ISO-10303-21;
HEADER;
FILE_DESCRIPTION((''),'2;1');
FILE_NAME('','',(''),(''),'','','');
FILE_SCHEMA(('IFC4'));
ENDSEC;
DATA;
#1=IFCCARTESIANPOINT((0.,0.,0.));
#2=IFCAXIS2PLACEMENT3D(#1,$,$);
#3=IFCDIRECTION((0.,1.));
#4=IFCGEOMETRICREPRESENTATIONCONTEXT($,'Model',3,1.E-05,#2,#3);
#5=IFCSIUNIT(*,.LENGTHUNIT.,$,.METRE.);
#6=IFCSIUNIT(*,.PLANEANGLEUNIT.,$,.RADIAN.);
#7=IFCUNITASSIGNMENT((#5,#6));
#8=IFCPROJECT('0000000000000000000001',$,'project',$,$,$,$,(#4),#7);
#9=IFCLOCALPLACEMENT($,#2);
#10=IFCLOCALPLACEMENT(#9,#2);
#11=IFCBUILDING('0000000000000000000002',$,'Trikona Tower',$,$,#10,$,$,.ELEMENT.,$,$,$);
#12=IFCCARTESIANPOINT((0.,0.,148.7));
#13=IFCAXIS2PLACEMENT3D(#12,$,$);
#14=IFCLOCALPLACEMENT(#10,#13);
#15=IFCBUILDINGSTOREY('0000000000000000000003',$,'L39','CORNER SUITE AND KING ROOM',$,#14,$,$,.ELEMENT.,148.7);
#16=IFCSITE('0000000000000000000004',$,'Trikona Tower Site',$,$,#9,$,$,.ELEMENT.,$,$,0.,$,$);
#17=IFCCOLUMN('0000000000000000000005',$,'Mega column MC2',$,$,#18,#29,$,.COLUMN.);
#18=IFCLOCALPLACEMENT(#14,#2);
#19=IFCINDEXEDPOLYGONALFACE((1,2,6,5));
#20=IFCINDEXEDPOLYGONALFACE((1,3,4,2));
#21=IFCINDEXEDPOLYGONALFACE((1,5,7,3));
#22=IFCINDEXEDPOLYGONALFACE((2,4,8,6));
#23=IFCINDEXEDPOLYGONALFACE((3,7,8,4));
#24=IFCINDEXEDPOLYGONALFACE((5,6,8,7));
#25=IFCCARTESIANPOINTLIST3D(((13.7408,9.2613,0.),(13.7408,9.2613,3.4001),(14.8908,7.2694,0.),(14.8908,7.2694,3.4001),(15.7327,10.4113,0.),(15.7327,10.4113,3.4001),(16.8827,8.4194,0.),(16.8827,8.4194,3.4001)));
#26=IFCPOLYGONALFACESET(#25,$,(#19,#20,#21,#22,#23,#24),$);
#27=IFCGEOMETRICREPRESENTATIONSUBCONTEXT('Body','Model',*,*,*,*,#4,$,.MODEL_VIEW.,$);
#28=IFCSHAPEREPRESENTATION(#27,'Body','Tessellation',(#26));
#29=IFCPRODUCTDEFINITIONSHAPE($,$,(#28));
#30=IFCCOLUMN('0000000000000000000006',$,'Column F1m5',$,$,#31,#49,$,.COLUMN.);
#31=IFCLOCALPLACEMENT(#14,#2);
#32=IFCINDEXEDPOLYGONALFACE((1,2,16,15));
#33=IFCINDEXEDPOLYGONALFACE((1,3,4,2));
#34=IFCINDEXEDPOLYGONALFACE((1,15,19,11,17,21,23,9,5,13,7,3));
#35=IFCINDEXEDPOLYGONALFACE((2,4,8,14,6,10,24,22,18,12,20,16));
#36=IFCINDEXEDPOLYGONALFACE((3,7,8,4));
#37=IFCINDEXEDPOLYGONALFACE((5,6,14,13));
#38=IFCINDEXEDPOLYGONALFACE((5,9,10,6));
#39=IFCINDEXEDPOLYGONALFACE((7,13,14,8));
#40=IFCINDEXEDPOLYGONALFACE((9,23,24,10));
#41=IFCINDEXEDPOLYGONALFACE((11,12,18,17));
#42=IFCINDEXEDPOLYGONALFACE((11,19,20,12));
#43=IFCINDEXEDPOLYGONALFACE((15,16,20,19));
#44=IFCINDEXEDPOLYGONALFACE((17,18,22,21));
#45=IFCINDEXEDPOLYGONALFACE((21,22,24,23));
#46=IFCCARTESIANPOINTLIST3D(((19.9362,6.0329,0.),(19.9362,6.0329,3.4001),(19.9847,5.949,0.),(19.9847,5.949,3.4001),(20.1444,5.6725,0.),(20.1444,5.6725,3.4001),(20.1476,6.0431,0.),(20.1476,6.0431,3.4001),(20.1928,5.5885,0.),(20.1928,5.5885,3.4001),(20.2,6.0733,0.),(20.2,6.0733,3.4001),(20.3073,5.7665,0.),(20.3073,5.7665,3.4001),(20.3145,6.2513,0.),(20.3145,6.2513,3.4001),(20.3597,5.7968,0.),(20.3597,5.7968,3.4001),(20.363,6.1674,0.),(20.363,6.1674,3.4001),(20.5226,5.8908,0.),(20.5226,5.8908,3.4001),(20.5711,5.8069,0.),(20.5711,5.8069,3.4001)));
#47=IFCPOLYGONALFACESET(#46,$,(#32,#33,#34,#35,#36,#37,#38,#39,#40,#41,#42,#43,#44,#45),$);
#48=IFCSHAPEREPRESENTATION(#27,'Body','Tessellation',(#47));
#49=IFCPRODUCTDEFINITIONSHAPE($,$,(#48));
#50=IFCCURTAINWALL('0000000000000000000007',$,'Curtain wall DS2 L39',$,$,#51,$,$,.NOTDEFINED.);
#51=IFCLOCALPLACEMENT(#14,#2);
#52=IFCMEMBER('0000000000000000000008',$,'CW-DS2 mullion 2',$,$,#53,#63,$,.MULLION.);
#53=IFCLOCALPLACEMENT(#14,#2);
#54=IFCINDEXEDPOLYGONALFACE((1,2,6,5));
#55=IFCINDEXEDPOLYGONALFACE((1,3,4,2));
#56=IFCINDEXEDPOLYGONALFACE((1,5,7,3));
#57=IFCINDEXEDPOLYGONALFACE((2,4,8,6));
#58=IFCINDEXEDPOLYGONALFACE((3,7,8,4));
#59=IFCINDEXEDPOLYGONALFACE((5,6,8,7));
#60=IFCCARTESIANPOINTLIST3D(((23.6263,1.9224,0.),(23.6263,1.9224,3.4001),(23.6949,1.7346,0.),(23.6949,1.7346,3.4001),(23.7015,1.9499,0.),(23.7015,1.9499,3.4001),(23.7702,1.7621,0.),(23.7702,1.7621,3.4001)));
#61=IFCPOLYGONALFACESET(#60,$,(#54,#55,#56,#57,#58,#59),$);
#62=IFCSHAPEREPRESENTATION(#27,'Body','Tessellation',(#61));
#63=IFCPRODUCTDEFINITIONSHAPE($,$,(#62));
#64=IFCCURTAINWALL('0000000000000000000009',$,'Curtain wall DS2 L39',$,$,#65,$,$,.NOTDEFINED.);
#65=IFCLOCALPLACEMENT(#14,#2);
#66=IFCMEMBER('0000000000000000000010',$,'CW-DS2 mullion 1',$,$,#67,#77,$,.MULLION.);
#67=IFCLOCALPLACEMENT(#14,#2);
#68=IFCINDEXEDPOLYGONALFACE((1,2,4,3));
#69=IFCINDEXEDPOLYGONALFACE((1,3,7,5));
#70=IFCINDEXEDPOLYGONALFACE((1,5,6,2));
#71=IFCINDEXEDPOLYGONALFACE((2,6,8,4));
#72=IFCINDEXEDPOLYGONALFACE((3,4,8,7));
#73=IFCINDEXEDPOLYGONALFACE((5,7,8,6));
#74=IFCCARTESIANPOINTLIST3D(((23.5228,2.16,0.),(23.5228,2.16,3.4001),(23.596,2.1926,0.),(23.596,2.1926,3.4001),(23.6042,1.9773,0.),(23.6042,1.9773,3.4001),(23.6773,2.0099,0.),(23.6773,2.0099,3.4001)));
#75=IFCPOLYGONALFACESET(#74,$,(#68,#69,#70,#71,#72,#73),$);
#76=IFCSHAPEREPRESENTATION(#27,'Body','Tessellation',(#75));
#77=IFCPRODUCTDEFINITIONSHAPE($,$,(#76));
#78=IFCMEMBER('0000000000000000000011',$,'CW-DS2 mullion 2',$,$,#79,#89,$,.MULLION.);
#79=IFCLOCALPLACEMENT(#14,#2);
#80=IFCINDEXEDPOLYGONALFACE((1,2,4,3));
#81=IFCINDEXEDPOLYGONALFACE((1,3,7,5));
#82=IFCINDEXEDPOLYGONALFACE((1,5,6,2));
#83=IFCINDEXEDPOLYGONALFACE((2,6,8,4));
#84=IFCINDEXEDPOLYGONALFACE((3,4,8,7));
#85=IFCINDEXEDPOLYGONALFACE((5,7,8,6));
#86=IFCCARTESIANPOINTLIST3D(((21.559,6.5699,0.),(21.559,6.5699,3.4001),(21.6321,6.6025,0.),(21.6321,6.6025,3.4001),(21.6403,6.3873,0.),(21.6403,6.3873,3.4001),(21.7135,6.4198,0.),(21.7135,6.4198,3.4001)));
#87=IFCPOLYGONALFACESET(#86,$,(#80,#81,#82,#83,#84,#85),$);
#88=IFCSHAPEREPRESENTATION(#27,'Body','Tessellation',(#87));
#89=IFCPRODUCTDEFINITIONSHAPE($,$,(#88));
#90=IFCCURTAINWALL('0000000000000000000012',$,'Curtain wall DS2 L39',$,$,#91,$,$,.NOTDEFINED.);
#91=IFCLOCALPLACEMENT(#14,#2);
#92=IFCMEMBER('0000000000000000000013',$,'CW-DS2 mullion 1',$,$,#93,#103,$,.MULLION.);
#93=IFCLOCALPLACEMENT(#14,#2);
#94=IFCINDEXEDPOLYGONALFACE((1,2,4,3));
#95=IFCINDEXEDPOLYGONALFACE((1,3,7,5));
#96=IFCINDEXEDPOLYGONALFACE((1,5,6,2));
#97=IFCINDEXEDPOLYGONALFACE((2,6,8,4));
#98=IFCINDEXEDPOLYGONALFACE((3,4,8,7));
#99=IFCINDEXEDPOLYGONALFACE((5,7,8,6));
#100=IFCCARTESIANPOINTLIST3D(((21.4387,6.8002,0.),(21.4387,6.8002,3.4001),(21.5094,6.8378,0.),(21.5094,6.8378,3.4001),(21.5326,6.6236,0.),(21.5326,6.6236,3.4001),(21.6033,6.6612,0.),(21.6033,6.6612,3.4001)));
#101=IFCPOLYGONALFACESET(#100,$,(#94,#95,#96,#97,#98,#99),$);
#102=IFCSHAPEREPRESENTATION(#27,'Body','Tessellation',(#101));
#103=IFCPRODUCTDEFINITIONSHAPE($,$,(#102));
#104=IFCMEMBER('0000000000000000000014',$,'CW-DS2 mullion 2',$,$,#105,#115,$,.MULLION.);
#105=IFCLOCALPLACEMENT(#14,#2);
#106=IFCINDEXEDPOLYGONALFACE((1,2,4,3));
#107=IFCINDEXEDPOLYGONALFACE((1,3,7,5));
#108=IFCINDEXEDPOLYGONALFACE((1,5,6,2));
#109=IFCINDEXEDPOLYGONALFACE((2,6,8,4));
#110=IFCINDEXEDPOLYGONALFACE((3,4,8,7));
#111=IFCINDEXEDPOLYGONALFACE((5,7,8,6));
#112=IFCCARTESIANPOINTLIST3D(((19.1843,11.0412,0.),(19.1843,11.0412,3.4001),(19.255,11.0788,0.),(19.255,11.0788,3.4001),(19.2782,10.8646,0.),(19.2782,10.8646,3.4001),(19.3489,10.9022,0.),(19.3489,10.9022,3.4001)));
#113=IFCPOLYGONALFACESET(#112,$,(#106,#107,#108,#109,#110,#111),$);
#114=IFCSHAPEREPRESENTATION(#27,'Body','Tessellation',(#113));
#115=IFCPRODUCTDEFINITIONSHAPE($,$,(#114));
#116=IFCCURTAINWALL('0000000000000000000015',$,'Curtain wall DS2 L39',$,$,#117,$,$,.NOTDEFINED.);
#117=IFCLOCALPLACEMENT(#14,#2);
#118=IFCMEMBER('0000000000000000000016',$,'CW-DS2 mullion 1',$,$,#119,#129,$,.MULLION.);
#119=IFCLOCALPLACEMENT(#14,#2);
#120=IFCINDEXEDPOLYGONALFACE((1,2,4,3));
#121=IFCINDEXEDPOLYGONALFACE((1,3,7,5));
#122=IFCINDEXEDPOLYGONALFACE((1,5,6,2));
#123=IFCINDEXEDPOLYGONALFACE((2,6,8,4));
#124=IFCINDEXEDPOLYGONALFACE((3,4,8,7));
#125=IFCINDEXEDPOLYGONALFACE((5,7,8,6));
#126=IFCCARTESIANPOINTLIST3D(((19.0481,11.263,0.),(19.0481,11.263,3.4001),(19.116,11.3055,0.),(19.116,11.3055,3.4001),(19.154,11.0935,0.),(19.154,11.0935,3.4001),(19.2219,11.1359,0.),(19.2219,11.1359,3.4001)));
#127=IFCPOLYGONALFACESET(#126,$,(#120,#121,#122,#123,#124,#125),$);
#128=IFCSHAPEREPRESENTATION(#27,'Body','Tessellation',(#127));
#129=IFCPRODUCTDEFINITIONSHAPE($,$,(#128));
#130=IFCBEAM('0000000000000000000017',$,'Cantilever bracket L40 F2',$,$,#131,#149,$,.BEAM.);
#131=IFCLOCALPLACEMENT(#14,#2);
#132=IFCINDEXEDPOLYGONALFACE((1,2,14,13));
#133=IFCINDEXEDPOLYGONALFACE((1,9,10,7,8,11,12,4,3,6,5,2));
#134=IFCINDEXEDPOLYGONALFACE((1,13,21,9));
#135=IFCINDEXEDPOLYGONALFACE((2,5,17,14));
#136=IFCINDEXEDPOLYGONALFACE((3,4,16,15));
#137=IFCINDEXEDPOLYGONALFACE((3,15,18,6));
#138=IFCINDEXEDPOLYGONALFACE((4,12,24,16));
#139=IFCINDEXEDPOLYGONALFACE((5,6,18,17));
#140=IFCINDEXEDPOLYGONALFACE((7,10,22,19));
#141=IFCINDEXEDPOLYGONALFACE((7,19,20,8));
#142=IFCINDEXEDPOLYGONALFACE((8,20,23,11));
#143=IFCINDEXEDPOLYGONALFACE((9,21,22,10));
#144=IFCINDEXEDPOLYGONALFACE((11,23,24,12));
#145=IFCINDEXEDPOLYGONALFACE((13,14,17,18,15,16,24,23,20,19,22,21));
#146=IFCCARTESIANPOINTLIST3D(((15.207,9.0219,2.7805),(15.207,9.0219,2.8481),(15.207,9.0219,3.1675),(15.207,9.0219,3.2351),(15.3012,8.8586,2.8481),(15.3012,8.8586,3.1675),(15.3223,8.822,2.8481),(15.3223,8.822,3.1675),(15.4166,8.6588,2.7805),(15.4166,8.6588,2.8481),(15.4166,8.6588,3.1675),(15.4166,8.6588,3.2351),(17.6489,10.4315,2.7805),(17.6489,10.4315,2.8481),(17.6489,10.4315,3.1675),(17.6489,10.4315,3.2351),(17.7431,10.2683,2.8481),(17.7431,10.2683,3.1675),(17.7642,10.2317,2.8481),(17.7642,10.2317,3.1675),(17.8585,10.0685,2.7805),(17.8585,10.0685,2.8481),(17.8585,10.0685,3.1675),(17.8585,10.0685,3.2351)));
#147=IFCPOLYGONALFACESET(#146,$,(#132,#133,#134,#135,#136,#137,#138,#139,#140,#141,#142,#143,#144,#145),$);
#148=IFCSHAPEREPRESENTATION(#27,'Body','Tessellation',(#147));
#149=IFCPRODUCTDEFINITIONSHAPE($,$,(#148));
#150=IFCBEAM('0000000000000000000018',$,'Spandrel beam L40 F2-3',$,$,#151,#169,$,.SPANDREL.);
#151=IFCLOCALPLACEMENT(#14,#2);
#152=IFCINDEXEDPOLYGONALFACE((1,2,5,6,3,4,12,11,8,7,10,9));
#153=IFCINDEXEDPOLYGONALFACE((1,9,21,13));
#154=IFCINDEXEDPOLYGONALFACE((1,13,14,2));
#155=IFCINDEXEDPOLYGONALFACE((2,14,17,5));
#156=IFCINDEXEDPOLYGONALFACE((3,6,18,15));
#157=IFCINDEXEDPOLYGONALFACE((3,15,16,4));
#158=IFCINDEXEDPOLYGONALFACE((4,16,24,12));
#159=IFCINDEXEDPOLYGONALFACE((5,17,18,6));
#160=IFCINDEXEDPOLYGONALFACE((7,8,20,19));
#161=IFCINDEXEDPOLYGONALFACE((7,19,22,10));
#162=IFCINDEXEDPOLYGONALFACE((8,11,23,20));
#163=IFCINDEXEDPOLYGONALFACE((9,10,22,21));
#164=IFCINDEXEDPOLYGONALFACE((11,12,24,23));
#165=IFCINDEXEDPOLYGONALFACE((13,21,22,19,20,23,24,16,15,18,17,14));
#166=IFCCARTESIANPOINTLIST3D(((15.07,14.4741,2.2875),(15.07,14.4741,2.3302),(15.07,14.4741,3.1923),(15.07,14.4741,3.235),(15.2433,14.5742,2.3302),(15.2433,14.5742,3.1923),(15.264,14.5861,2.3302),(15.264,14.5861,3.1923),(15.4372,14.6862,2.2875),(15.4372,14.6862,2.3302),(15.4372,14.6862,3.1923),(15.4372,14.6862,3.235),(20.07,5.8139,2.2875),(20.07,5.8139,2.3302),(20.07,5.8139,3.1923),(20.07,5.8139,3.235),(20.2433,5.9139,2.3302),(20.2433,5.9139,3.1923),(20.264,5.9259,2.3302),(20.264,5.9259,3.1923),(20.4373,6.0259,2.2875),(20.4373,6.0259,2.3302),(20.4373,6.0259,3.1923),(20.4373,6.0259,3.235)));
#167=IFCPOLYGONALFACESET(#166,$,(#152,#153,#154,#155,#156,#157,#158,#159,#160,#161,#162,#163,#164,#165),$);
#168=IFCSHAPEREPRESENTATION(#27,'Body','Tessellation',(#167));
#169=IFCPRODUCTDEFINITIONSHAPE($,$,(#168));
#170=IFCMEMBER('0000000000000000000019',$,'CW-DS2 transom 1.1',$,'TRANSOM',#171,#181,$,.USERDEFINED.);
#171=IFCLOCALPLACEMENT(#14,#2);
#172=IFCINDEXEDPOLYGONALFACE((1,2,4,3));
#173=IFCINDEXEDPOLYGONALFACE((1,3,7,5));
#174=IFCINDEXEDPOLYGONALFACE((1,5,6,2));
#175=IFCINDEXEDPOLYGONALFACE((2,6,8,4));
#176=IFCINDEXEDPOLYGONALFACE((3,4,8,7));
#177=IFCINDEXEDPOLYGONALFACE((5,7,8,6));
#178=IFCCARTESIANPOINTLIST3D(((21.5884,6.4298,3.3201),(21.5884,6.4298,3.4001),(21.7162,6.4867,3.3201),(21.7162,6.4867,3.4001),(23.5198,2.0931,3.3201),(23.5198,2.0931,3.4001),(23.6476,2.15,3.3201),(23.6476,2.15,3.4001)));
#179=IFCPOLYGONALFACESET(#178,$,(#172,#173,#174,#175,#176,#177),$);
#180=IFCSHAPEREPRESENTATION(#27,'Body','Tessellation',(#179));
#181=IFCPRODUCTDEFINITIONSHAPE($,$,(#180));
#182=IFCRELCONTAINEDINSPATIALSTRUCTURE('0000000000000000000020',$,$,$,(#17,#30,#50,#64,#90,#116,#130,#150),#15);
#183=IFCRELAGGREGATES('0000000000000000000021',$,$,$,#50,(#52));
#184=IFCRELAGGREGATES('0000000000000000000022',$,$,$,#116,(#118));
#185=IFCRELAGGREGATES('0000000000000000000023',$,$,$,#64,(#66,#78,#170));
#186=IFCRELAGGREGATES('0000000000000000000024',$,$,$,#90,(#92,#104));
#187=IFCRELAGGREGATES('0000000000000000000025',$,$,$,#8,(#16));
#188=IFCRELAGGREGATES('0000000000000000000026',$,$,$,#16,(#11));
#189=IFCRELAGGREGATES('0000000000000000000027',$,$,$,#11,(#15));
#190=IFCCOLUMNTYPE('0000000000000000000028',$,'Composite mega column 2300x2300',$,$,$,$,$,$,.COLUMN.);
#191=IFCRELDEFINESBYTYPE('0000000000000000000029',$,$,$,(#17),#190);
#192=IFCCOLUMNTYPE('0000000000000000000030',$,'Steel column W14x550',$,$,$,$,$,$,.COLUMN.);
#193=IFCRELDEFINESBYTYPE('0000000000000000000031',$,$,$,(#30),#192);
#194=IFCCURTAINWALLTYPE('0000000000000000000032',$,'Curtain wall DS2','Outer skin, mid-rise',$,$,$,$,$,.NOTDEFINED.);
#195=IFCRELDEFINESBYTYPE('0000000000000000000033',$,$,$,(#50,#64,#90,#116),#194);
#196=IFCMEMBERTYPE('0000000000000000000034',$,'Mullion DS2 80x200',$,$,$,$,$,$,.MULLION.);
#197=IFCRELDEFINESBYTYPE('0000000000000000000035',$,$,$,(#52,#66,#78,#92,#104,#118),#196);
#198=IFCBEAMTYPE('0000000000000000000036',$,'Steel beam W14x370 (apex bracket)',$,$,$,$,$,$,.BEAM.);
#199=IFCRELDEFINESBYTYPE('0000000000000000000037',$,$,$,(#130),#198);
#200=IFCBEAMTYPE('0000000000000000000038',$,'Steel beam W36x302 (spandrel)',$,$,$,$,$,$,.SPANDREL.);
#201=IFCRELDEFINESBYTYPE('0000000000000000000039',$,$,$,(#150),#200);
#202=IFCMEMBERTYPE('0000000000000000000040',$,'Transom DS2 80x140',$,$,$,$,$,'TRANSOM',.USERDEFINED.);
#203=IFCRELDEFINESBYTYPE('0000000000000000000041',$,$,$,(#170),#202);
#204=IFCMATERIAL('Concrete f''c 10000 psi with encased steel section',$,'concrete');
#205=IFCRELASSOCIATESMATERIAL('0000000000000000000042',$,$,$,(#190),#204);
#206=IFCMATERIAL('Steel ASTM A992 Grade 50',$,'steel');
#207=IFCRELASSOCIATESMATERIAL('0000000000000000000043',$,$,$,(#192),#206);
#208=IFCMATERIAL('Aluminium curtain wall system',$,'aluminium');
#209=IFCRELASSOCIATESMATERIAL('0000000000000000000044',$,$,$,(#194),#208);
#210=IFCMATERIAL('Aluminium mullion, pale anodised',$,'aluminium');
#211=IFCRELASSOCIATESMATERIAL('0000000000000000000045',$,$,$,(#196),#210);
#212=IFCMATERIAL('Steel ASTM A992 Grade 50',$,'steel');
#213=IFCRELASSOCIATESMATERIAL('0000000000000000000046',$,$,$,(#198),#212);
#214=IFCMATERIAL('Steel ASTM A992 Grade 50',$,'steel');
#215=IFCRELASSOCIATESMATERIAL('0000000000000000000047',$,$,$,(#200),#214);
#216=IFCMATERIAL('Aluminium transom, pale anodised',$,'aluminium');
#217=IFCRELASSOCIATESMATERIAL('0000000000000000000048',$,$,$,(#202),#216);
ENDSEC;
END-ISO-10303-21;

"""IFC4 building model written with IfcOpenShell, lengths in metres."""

from ifc_helpers import new_model, si_unit, direction, frame, origin, origin_2d, place, context, subcontext, project, spatial, rectangle, i_section, extrude, material, material_profile, profile_set, type_object, element, aggregate, save


model = new_model("IFC4")

# Units and contexts
model_context = context("Model", 3, precision=1e-05, world=origin(), true_north=direction((0.0, 1.0)))
body_context = subcontext(model_context, "Body", "Model", "MODEL_VIEW")
ifc_project = project(units=[si_unit("LENGTHUNIT", "METRE"), si_unit("PLANEANGLEUNIT", "RADIAN")], contexts=[model_context])

# Site, building, storey
site_placement = place(None, origin())
site = spatial("IfcSite", under=ifc_project, at=site_placement, Name="Trikona Tower Site", CompositionType="ELEMENT", RefElevation=0.0)
building_placement = place(site_placement, origin())
building = spatial("IfcBuilding", under=site, at=building_placement, Name="Trikona Tower", CompositionType="ELEMENT")
storey_placement = place(building_placement, frame((0.0, 0.0, 148.7)))
storey = spatial("IfcBuildingStorey", under=building, at=storey_placement, Name="L39", Description="CORNER SUITE AND KING ROOM", CompositionType="ELEMENT", Elevation=148.7)

# Columns
ifc_material_1 = material(Name="Concrete f'c 10000 psi with encased steel section", Category="concrete")
ifc_material_profile_1 = material_profile(ifc_material_1, rectangle(XDim=2.3, YDim=2.3, at=origin_2d()), Name="MC2300")
ifc_profile_set_1 = profile_set([ifc_material_profile_1], Name="Concrete f'c 10000 psi with encased steel section")
column_type_1 = type_object("IfcColumnType", Name="Composite mega column 2300x2300", PredefinedType="COLUMN", material=ifc_profile_set_1)
column_1_placement = place(storey_placement, frame((15.3118, 8.8403, 0.0), z_axis=(0.0, 0.0, 1.0), x_axis=(0.866025, 0.5, 0.0)))
element("IfcColumn", 1, at=column_1_placement, inside=storey, type_object=column_type_1, Name="Mega column MC2", PredefinedType="COLUMN", context=body_context, shape_type="SweptSolid", body=[
    extrude(rectangle(XDim=2.3, YDim=2.3, at=origin_2d()), origin(), (0.0, 0.0, 1.0), 3.4001),
])
ifc_material_2 = material(Name="Steel ASTM A992 Grade 50", Category="steel")
ifc_material_profile_2 = material_profile(ifc_material_2, i_section(OverallWidth=0.4368, OverallDepth=0.5132, WebThickness=0.0605, FlangeThickness=0.0969, at=origin_2d()), Name="W14X550")
ifc_profile_set_2 = profile_set([ifc_material_profile_2], Name="Steel ASTM A992 Grade 50")
column_type_2 = type_object("IfcColumnType", Name="Steel column W14x550", PredefinedType="COLUMN", material=ifc_profile_set_2)
column_2_placement = place(storey_placement, frame((20.2537, 5.9199, 0.0), z_axis=(0.0, 0.0, 1.0), x_axis=(0.866025, 0.5, 0.0)))
element("IfcColumn", 2, at=column_2_placement, inside=storey, type_object=column_type_2, Name="Column F1m5", PredefinedType="COLUMN", context=body_context, shape_type="SweptSolid", body=[
    extrude(i_section(OverallWidth=0.4368, OverallDepth=0.5132, WebThickness=0.0605, FlangeThickness=0.0969, at=origin_2d()), origin(), (0.0, 0.0, 1.0), 3.4001),
])

# Curtain wall, member
ifc_material_3 = material(Name="Aluminium curtain wall system", Category="aluminium")
curtain_wall_type = type_object("IfcCurtainWallType", Name="Curtain wall DS2", Description="Outer skin, mid-rise", PredefinedType="NOTDEFINED", material=ifc_material_3)
curtain_wall_1_placement = place(storey_placement, origin())
curtain_wall_1 = element("IfcCurtainWall", 3, at=curtain_wall_1_placement, inside=storey, type_object=curtain_wall_type, Name="Curtain wall DS2 L39", PredefinedType="NOTDEFINED")
ifc_material_4 = material(Name="Aluminium mullion, pale anodised", Category="aluminium")
ifc_material_profile_3 = material_profile(ifc_material_4, rectangle(XDim=0.0801, YDim=0.2, at=origin_2d()), Name="MUL-DS2")
ifc_profile_set_3 = profile_set([ifc_material_profile_3], Name="Aluminium mullion, pale anodised")
member_type_1 = type_object("IfcMemberType", Name="Mullion DS2 80x200", PredefinedType="MULLION", material=ifc_profile_set_3)
member_1_placement = place(storey_placement, frame((23.6982, 1.8423, 0.0), z_axis=(0.0, 0.0, 1.0), x_axis=(-0.939254, -0.343223, 0.0)))
member_1 = element("IfcMember", 4, at=member_1_placement, type_object=member_type_1, Name="CW-DS2 mullion 2", PredefinedType="MULLION", context=body_context, shape_type="SweptSolid", body=[
    extrude(rectangle(XDim=0.0801, YDim=0.2, at=origin_2d()), origin(), (0.0, 0.0, 1.0), 3.4001),
])
aggregate(curtain_wall_1, [member_1])

# Curtain walls, members
curtain_wall_2_placement = place(storey_placement, origin())
curtain_wall_2 = element("IfcCurtainWall", 5, at=curtain_wall_2_placement, inside=storey, type_object=curtain_wall_type, Name="Curtain wall DS2 L39", PredefinedType="NOTDEFINED")
member_2_placement = place(storey_placement, frame((23.6001, 2.085, 0.0), z_axis=(0.0, 0.0, 1.0), x_axis=(-0.913501, -0.406836, 0.0)))
member_2 = element("IfcMember", 6, at=member_2_placement, type_object=member_type_1, Name="CW-DS2 mullion 1", PredefinedType="MULLION", context=body_context, shape_type="SweptSolid", body=[
    extrude(rectangle(XDim=0.0801, YDim=0.2, at=origin_2d()), origin(), (0.0, 0.0, 1.0), 3.4001),
])
member_3_placement = place(storey_placement, frame((21.6362, 6.4949, 0.0), z_axis=(0.0, 0.0, 1.0), x_axis=(-0.913501, -0.406836, 0.0)))
member_3 = element("IfcMember", 7, at=member_3_placement, type_object=member_type_1, Name="CW-DS2 mullion 2", PredefinedType="MULLION", context=body_context, shape_type="SweptSolid", body=[
    extrude(rectangle(XDim=0.0801, YDim=0.2, at=origin_2d()), origin(), (0.0, 0.0, 1.0), 3.4001),
])
curtain_wall_3_placement = place(storey_placement, origin())
curtain_wall_3 = element("IfcCurtainWall", 8, at=curtain_wall_3_placement, inside=storey, type_object=curtain_wall_type, Name="Curtain wall DS2 L39", PredefinedType="NOTDEFINED")
member_4_placement = place(storey_placement, frame((21.521, 6.7307, 0.0), z_axis=(0.0, 0.0, 1.0), x_axis=(-0.882996, -0.46938, 0.0)))
member_4 = element("IfcMember", 9, at=member_4_placement, type_object=member_type_1, Name="CW-DS2 mullion 1", PredefinedType="MULLION", context=body_context, shape_type="SweptSolid", body=[
    extrude(rectangle(XDim=0.0801, YDim=0.2, at=origin_2d()), origin(), (0.0, 0.0, 1.0), 3.4001),
])
member_5_placement = place(storey_placement, frame((19.2666, 10.9717, 0.0), z_axis=(0.0, 0.0, 1.0), x_axis=(-0.882996, -0.46938, 0.0)))
member_5 = element("IfcMember", 10, at=member_5_placement, type_object=member_type_1, Name="CW-DS2 mullion 2", PredefinedType="MULLION", context=body_context, shape_type="SweptSolid", body=[
    extrude(rectangle(XDim=0.0801, YDim=0.2, at=origin_2d()), origin(), (0.0, 0.0, 1.0), 3.4001),
])

# Curtain wall, member
curtain_wall_4_placement = place(storey_placement, origin())
curtain_wall_4 = element("IfcCurtainWall", 11, at=curtain_wall_4_placement, inside=storey, type_object=curtain_wall_type, Name="Curtain wall DS2 L39", PredefinedType="NOTDEFINED")
member_6_placement = place(storey_placement, frame((19.135, 11.1995, 0.0), z_axis=(0.0, 0.0, 1.0), x_axis=(-0.847998, -0.529999, 0.0)))
member_6 = element("IfcMember", 12, at=member_6_placement, type_object=member_type_1, Name="CW-DS2 mullion 1", PredefinedType="MULLION", context=body_context, shape_type="SweptSolid", body=[
    extrude(rectangle(XDim=0.0801, YDim=0.2, at=origin_2d()), origin(), (0.0, 0.0, 1.0), 3.4001),
])
aggregate(curtain_wall_4, [member_6])

# Beams
ifc_material_5 = material(Name="Steel ASTM A992 Grade 50", Category="steel")
ifc_material_profile_4 = material_profile(ifc_material_5, i_section(OverallWidth=0.4192, OverallDepth=0.4546, WebThickness=0.0422, FlangeThickness=0.0676, at=origin_2d()), Name="W14X370")
ifc_profile_set_4 = profile_set([ifc_material_profile_4], Name="Steel ASTM A992 Grade 50")
beam_type_1 = type_object("IfcBeamType", Name="Steel beam W14x370 (apex bracket)", PredefinedType="BEAM", material=ifc_profile_set_4)
beam_1_placement = place(storey_placement, frame((15.3118, 8.8403, 3.0078), z_axis=(0.86605, 0.499957, 0.0), x_axis=(-0.499957, 0.86605, 0.0)))
element("IfcBeam", 13, at=beam_1_placement, inside=storey, type_object=beam_type_1, Name="Cantilever bracket L40 F2", PredefinedType="BEAM", context=body_context, shape_type="SweptSolid", body=[
    extrude(i_section(OverallWidth=0.4192, OverallDepth=0.4546, WebThickness=0.0422, FlangeThickness=0.0676, at=origin_2d()), origin(), (0.0, 0.0, 1.0), 2.8196),
])
ifc_material_6 = material(Name="Steel ASTM A992 Grade 50", Category="steel")
ifc_material_profile_5 = material_profile(ifc_material_6, i_section(OverallWidth=0.4241, OverallDepth=0.9475, WebThickness=0.0239, FlangeThickness=0.0427, at=origin_2d()), Name="W36X302")
ifc_profile_set_5 = profile_set([ifc_material_profile_5], Name="Steel ASTM A992 Grade 50")
beam_type_2 = type_object("IfcBeamType", Name="Steel beam W36x302 (spandrel)", PredefinedType="SPANDREL", material=ifc_profile_set_5)
beam_2_placement = place(storey_placement, frame((20.2537, 5.9199, 2.7612), z_axis=(-0.500004, 0.866023, 0.0), x_axis=(-0.866023, -0.500004, 0.0)))
element("IfcBeam", 14, at=beam_2_placement, inside=storey, type_object=beam_type_2, Name="Spandrel beam L40 F2-3", PredefinedType="SPANDREL", context=body_context, shape_type="SweptSolid", body=[
    extrude(i_section(OverallWidth=0.4241, OverallDepth=0.9475, WebThickness=0.0239, FlangeThickness=0.0427, at=origin_2d()), origin(), (0.0, 0.0, 1.0), 10.0),
])

# Member
ifc_material_7 = material(Name="Aluminium transom, pale anodised", Category="aluminium")
ifc_material_profile_6 = material_profile(ifc_material_7, rectangle(XDim=0.1399, YDim=0.0801, at=origin_2d()), Name="TRN-DS2")
ifc_profile_set_6 = profile_set([ifc_material_profile_6], Name="Aluminium transom, pale anodised")
member_type_2 = type_object("IfcMemberType", Name="Transom DS2 80x140", ElementType="TRANSOM", PredefinedType="USERDEFINED", material=ifc_profile_set_6)
member_7_placement = place(storey_placement, frame((23.5837, 2.1216, 3.3601), z_axis=(-0.40684, 0.9135, 0.0), x_axis=(-0.9135, -0.40684, 0.0)))
member_7 = element("IfcMember", 15, at=member_7_placement, type_object=member_type_2, Name="CW-DS2 transom 1.1", ObjectType="TRANSOM", PredefinedType="USERDEFINED", context=body_context, shape_type="SweptSolid", body=[
    extrude(rectangle(XDim=0.1399, YDim=0.0801, at=origin_2d()), origin(), (0.0, 0.0, 1.0), 4.7473),
])

aggregate(curtain_wall_2, [member_2, member_3, member_7])
aggregate(curtain_wall_3, [member_4, member_5])

save(model, "model.ifc")
